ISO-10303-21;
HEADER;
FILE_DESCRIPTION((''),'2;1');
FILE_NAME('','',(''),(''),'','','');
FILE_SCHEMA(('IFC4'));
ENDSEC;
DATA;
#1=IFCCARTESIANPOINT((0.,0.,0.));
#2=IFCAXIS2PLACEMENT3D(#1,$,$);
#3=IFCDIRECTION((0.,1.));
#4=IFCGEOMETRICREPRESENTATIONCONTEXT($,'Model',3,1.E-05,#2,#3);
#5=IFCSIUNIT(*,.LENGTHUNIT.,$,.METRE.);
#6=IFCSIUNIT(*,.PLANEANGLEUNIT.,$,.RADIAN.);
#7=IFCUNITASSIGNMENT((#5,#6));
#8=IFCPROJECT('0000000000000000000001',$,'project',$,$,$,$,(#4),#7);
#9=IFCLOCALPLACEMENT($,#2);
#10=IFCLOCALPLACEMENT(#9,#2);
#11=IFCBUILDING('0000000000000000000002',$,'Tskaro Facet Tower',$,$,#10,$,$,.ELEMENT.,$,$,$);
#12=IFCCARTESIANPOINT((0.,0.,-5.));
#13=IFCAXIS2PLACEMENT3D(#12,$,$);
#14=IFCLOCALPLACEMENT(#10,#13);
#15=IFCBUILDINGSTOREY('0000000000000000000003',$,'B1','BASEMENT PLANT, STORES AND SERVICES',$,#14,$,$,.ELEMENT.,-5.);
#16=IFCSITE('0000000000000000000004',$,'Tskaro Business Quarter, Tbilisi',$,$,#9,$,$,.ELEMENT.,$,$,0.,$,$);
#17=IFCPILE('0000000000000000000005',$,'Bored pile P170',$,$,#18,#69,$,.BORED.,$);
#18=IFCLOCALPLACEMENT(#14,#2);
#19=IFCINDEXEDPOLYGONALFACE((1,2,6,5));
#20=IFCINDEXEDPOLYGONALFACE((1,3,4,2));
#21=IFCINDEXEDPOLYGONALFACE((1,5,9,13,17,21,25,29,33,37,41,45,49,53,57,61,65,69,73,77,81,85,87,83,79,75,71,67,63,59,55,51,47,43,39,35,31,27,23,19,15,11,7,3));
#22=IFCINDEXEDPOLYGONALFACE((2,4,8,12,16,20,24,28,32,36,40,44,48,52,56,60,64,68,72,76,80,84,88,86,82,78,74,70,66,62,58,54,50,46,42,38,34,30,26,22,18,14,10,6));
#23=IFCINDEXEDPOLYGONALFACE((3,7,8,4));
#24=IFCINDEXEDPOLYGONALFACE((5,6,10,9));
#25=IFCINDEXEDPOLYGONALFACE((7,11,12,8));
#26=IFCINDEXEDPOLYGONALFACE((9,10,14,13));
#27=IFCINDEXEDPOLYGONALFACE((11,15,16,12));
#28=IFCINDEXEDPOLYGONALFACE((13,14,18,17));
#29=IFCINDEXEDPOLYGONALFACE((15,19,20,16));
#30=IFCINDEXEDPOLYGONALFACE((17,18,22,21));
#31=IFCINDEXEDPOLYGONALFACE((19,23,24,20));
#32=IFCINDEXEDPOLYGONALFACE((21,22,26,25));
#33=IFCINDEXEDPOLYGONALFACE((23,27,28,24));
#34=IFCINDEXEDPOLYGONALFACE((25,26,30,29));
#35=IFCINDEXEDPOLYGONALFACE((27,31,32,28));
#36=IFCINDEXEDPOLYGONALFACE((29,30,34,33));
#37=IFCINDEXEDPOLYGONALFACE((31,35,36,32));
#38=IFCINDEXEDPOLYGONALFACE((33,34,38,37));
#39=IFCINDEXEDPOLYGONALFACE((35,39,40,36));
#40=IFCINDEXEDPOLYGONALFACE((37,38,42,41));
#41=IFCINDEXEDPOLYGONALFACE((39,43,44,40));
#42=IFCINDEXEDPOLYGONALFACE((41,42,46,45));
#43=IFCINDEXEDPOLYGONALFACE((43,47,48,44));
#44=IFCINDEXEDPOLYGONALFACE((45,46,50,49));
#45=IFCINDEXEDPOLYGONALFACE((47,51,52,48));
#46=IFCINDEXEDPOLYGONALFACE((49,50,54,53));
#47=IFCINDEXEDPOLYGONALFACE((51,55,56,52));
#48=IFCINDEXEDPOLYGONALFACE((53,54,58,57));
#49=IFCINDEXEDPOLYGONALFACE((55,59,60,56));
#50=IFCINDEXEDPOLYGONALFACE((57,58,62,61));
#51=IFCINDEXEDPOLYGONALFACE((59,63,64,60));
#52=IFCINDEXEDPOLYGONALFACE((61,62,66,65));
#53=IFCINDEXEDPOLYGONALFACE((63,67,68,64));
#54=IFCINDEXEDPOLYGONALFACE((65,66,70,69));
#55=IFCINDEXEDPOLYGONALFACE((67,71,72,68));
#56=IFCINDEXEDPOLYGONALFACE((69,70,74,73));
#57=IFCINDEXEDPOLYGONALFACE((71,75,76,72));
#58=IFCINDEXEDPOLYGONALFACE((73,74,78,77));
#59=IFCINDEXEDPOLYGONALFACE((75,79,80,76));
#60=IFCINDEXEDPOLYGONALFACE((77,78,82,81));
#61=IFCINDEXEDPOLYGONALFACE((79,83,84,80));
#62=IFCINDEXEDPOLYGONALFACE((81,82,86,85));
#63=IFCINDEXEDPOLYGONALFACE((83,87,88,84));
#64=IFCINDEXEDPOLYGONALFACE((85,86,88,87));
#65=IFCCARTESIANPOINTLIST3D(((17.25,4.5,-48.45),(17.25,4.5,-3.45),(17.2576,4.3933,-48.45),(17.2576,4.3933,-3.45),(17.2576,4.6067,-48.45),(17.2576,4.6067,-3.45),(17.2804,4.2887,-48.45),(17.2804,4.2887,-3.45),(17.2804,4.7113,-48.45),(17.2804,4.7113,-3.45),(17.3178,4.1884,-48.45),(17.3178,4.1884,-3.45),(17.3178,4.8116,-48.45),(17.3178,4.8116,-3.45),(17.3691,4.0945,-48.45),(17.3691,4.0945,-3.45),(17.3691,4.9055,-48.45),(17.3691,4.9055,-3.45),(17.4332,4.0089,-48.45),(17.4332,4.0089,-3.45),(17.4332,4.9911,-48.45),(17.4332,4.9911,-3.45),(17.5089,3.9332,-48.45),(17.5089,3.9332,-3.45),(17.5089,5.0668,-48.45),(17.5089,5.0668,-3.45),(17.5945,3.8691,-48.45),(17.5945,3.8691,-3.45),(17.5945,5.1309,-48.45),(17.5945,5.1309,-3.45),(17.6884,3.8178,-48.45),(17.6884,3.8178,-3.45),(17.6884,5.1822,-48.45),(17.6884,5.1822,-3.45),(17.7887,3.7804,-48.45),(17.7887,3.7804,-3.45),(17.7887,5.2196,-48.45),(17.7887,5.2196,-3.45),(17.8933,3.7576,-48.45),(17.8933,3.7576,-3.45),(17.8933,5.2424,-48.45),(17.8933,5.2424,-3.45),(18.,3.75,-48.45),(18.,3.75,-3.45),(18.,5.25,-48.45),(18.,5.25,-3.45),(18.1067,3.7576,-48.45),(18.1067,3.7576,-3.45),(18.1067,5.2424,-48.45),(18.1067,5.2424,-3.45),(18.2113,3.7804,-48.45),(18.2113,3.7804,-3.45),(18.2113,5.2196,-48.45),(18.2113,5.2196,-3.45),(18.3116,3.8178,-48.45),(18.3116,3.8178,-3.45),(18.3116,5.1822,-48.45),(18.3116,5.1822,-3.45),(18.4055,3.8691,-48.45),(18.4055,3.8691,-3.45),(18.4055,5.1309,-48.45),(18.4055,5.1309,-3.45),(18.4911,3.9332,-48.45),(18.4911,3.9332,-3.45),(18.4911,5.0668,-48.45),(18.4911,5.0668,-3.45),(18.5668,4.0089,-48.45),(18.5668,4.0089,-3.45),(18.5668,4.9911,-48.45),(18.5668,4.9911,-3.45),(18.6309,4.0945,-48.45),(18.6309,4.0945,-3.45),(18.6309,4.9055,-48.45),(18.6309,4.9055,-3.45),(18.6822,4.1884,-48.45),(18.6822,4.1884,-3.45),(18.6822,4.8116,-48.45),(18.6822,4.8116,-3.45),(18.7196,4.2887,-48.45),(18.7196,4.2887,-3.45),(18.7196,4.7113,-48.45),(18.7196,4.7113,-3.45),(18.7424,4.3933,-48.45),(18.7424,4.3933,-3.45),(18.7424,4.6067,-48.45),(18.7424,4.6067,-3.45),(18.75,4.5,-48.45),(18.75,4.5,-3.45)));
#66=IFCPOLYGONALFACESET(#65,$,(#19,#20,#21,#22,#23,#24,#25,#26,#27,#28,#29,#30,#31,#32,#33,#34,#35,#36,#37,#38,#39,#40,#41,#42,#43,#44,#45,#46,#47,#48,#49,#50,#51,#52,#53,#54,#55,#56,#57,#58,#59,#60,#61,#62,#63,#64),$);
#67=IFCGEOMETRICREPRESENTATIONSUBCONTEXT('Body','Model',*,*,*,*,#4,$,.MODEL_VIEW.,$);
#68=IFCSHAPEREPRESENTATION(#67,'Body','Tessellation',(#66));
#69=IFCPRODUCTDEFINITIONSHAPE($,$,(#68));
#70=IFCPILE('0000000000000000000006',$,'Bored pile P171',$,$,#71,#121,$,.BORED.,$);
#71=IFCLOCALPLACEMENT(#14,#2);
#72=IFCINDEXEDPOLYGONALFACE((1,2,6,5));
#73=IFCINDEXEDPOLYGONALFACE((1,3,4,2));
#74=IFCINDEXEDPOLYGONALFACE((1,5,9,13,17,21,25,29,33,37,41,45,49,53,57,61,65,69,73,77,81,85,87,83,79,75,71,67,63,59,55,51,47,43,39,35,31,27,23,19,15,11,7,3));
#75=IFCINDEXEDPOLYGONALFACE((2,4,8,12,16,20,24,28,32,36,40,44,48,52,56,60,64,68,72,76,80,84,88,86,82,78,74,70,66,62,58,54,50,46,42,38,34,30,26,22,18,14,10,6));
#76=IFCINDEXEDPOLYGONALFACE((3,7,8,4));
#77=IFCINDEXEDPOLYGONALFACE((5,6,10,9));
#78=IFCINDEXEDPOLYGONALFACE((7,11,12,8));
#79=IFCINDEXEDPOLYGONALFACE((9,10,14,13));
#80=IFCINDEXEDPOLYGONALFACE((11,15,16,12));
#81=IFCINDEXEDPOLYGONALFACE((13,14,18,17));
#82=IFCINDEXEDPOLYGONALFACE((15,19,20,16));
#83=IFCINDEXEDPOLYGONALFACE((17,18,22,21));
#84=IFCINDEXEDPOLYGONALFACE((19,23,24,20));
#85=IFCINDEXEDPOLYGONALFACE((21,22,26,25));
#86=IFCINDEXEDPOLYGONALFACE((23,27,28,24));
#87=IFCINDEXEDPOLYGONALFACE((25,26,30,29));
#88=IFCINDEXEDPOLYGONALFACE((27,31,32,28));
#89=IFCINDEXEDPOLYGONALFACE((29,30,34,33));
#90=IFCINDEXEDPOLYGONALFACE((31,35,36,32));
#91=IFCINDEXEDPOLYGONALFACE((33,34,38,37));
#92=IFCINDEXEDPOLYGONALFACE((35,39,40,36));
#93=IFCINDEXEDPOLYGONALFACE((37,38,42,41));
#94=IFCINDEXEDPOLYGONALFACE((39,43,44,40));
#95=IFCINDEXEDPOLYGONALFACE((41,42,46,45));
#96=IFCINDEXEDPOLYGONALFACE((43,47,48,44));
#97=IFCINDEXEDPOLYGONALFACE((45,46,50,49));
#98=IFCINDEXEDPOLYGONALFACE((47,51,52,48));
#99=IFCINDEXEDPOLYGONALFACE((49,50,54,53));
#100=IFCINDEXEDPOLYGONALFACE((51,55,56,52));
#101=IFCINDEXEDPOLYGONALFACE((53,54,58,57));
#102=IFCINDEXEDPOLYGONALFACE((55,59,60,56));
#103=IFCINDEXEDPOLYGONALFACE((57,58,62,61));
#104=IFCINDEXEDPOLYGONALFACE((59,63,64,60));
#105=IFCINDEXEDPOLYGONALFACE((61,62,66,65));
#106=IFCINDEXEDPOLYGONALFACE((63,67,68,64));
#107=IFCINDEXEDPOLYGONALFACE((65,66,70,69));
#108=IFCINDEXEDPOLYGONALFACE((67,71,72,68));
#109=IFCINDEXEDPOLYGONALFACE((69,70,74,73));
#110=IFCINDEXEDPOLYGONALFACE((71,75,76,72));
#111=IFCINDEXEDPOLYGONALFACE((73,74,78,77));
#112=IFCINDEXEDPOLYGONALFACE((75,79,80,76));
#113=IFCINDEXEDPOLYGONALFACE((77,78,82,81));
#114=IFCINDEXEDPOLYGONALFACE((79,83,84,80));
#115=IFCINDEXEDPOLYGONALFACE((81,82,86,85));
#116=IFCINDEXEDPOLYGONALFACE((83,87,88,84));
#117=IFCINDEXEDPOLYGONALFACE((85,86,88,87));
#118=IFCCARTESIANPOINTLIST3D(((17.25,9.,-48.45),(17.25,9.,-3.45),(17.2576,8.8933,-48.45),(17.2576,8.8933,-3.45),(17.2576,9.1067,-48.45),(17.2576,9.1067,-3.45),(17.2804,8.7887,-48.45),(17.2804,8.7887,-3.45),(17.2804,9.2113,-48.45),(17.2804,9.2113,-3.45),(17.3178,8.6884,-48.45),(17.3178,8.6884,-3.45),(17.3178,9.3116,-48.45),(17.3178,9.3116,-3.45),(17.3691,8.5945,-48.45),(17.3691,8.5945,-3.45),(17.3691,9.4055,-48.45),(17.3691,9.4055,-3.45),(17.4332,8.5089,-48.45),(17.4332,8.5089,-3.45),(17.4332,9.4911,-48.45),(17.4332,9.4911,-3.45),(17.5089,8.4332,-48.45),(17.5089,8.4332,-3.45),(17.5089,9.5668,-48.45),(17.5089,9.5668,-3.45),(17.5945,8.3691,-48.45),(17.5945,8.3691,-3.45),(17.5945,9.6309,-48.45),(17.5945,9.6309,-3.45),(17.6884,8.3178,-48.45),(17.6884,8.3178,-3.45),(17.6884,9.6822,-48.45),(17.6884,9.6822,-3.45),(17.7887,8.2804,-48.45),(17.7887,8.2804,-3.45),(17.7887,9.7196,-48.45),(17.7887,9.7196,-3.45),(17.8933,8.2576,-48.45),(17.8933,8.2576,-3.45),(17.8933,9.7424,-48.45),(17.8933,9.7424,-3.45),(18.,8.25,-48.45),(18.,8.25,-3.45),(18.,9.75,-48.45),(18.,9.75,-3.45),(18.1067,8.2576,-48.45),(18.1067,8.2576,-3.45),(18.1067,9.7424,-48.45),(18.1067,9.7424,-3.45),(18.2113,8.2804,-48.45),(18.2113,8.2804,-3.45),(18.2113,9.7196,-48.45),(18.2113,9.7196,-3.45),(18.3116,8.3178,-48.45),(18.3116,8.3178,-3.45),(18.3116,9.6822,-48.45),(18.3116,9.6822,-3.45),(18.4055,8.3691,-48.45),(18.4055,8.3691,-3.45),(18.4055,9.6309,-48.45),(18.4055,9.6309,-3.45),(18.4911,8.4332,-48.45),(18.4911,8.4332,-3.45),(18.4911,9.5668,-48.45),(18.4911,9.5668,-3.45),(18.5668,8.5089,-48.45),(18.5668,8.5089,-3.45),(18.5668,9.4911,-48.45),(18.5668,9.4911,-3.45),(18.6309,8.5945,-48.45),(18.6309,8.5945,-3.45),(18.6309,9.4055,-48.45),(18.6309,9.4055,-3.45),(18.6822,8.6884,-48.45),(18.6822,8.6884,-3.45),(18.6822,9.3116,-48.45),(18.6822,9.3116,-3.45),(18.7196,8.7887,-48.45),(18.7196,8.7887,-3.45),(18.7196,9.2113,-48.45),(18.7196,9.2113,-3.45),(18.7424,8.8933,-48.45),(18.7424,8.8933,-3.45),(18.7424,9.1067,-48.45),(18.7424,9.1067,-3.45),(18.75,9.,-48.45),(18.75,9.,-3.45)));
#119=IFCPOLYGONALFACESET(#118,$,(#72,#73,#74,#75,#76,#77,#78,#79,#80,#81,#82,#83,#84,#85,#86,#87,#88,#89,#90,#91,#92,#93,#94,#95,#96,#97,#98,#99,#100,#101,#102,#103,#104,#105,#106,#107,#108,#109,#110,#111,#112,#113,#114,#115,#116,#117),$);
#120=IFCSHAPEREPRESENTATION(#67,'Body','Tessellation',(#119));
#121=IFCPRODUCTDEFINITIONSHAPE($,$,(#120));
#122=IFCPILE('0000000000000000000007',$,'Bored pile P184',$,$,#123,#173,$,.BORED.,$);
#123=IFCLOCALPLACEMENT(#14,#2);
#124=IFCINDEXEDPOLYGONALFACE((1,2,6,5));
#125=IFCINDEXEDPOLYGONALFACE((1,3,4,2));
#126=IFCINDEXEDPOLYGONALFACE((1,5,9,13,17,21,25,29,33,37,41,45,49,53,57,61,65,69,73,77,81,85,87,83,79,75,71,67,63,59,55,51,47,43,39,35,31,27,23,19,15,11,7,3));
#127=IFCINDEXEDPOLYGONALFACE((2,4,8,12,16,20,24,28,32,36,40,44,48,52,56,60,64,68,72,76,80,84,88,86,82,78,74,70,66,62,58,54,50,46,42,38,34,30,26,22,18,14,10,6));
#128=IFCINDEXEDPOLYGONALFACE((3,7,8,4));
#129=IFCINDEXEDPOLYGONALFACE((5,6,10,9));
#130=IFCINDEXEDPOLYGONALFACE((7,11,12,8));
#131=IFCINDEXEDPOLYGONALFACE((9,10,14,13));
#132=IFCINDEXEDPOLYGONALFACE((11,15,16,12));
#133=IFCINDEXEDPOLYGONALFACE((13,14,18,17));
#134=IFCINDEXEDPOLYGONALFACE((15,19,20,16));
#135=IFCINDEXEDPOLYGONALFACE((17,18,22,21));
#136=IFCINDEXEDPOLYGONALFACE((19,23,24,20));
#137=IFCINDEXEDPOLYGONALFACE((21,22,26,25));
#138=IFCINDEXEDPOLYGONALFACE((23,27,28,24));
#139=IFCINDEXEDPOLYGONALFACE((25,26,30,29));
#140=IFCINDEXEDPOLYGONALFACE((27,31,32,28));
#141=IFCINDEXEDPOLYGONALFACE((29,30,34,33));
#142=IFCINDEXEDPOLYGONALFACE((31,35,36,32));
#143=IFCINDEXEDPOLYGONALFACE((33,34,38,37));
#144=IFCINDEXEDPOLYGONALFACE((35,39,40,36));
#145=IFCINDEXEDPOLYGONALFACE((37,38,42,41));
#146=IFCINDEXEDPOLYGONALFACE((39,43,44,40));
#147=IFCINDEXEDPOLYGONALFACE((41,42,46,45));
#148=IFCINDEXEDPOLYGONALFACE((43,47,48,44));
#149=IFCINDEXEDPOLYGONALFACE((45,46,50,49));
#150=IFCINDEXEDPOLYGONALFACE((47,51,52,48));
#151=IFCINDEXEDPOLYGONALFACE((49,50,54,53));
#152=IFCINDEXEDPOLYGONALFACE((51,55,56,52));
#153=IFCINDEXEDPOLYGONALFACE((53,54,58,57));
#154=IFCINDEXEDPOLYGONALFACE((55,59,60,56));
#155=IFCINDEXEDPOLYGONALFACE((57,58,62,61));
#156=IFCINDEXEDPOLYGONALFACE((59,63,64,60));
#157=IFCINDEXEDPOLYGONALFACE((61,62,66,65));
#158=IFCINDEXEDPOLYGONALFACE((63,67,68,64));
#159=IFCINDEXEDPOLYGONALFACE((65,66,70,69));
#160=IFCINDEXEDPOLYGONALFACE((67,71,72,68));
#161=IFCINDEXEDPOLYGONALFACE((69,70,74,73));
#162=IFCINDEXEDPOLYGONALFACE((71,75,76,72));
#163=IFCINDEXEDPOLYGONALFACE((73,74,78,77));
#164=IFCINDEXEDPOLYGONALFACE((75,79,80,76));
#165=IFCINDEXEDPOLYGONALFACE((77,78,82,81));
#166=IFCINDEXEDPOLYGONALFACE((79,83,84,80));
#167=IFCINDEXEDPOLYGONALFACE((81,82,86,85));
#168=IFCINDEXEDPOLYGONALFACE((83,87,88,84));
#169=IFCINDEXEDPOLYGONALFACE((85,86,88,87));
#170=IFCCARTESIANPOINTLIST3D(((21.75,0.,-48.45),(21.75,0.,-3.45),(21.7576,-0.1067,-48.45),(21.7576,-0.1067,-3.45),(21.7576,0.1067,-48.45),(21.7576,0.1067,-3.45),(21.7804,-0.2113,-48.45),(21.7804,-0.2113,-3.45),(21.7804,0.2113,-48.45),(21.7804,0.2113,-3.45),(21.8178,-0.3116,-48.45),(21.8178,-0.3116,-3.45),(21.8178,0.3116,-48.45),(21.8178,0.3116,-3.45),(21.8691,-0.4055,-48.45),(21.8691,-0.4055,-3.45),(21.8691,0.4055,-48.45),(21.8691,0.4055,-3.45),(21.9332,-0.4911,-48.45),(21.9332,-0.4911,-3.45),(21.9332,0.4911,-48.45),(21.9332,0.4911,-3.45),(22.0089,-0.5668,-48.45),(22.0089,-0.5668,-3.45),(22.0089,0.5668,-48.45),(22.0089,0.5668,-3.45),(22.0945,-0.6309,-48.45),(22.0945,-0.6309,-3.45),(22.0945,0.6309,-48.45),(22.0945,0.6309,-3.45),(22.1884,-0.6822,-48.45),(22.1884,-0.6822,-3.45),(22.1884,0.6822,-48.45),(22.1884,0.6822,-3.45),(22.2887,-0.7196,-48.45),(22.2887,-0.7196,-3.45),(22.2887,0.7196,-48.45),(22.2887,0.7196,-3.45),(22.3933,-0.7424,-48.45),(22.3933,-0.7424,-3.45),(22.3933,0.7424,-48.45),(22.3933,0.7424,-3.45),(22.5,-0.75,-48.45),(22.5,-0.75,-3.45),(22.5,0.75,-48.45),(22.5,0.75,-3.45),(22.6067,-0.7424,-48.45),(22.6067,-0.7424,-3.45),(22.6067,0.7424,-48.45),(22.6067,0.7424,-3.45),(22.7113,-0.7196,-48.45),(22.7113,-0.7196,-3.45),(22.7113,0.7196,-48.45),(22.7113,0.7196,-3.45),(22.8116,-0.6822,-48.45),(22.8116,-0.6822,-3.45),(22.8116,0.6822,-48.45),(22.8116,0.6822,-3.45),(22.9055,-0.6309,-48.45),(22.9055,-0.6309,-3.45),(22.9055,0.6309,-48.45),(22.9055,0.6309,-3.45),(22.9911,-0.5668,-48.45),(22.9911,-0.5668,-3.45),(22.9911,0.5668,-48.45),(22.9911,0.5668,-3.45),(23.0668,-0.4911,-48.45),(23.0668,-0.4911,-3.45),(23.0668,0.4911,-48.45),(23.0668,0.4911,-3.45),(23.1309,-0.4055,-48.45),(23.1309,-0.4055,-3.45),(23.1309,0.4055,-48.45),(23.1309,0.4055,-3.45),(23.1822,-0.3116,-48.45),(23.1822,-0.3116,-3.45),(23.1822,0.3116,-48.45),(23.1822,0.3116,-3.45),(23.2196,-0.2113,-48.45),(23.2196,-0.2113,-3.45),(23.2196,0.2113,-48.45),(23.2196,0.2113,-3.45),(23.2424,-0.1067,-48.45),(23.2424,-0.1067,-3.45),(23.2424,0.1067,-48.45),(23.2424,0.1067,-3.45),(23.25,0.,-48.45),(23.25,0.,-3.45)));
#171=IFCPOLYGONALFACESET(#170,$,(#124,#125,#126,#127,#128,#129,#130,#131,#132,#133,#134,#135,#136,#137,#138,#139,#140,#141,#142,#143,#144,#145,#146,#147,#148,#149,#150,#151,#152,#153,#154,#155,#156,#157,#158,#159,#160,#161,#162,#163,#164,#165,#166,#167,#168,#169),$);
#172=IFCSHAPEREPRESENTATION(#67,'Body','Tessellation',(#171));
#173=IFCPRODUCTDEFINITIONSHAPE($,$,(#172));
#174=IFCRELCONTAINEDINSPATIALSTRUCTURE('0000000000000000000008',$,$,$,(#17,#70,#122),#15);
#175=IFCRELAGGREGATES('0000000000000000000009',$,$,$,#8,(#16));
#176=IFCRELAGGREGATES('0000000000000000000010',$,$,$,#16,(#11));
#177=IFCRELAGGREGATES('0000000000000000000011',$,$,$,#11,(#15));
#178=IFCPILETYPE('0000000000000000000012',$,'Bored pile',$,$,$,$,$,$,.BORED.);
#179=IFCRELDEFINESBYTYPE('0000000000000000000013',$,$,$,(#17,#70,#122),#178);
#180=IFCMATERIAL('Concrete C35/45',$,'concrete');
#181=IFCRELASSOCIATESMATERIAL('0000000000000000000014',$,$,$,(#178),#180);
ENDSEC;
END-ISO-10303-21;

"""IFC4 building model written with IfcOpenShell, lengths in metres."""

from ifc_helpers import new_model, si_unit, direction, frame, origin, origin_2d, place, context, subcontext, project, spatial, circle, extrude, material, material_profile, profile_set, type_object, element, save


model = new_model("IFC4")

# Units and contexts
model_context = context("Model", 3, precision=1e-05, world=origin(), true_north=direction((0.0, 1.0)))
body_context = subcontext(model_context, "Body", "Model", "MODEL_VIEW")
ifc_project = project(units=[si_unit("LENGTHUNIT", "METRE"), si_unit("PLANEANGLEUNIT", "RADIAN")], contexts=[model_context])

# Site, building, storey
site_placement = place(None, origin())
site = spatial("IfcSite", under=ifc_project, at=site_placement, Name="Tskaro Business Quarter, Tbilisi", CompositionType="ELEMENT", RefElevation=0.0)
building_placement = place(site_placement, origin())
building = spatial("IfcBuilding", under=site, at=building_placement, Name="Tskaro Facet Tower", CompositionType="ELEMENT")
storey_placement = place(building_placement, frame((0.0, 0.0, -5.0)))
storey = spatial("IfcBuildingStorey", under=building, at=storey_placement, Name="B1", Description="BASEMENT PLANT, STORES AND SERVICES", CompositionType="ELEMENT", Elevation=-5.0)

# Piles
ifc_material_1 = material(Name="Concrete C35/45", Category="concrete")
ifc_material_profile_1 = material_profile(ifc_material_1, circle(Radius=0.75, at=origin_2d()), Name="Bored pile")
ifc_profile_set_1 = profile_set([ifc_material_profile_1], Name="Concrete C35/45")
pile_type = type_object("IfcPileType", Name="Bored pile", PredefinedType="BORED", material=ifc_profile_set_1)
for number, where, z_axis, x_axis, name in (
    (1, (18.0, 4.5, -3.45), (0.0, 0.0, -1.0), (1.0, 0.0, 0.0), "Bored pile P170"),
    (2, (18.0, 9.0, -3.45), (0.0, 0.0, -1.0), (1.0, 0.0, 0.0), "Bored pile P171"),
    (3, (22.5, 0.0, -3.45), (0.0, 0.0, -1.0), (1.0, 0.0, 0.0), "Bored pile P184"),
):
    element("IfcPile", number, at=place(storey_placement, frame(where, z_axis=z_axis, x_axis=x_axis)), inside=storey, type_object=pile_type, Name=name, PredefinedType="BORED", context=body_context, shape_type="SweptSolid", body=[
        extrude(circle(Radius=0.75, at=origin_2d()), origin(), (0.0, 0.0, 1.0), 45.0),
    ])

save(model, "model.ifc")
